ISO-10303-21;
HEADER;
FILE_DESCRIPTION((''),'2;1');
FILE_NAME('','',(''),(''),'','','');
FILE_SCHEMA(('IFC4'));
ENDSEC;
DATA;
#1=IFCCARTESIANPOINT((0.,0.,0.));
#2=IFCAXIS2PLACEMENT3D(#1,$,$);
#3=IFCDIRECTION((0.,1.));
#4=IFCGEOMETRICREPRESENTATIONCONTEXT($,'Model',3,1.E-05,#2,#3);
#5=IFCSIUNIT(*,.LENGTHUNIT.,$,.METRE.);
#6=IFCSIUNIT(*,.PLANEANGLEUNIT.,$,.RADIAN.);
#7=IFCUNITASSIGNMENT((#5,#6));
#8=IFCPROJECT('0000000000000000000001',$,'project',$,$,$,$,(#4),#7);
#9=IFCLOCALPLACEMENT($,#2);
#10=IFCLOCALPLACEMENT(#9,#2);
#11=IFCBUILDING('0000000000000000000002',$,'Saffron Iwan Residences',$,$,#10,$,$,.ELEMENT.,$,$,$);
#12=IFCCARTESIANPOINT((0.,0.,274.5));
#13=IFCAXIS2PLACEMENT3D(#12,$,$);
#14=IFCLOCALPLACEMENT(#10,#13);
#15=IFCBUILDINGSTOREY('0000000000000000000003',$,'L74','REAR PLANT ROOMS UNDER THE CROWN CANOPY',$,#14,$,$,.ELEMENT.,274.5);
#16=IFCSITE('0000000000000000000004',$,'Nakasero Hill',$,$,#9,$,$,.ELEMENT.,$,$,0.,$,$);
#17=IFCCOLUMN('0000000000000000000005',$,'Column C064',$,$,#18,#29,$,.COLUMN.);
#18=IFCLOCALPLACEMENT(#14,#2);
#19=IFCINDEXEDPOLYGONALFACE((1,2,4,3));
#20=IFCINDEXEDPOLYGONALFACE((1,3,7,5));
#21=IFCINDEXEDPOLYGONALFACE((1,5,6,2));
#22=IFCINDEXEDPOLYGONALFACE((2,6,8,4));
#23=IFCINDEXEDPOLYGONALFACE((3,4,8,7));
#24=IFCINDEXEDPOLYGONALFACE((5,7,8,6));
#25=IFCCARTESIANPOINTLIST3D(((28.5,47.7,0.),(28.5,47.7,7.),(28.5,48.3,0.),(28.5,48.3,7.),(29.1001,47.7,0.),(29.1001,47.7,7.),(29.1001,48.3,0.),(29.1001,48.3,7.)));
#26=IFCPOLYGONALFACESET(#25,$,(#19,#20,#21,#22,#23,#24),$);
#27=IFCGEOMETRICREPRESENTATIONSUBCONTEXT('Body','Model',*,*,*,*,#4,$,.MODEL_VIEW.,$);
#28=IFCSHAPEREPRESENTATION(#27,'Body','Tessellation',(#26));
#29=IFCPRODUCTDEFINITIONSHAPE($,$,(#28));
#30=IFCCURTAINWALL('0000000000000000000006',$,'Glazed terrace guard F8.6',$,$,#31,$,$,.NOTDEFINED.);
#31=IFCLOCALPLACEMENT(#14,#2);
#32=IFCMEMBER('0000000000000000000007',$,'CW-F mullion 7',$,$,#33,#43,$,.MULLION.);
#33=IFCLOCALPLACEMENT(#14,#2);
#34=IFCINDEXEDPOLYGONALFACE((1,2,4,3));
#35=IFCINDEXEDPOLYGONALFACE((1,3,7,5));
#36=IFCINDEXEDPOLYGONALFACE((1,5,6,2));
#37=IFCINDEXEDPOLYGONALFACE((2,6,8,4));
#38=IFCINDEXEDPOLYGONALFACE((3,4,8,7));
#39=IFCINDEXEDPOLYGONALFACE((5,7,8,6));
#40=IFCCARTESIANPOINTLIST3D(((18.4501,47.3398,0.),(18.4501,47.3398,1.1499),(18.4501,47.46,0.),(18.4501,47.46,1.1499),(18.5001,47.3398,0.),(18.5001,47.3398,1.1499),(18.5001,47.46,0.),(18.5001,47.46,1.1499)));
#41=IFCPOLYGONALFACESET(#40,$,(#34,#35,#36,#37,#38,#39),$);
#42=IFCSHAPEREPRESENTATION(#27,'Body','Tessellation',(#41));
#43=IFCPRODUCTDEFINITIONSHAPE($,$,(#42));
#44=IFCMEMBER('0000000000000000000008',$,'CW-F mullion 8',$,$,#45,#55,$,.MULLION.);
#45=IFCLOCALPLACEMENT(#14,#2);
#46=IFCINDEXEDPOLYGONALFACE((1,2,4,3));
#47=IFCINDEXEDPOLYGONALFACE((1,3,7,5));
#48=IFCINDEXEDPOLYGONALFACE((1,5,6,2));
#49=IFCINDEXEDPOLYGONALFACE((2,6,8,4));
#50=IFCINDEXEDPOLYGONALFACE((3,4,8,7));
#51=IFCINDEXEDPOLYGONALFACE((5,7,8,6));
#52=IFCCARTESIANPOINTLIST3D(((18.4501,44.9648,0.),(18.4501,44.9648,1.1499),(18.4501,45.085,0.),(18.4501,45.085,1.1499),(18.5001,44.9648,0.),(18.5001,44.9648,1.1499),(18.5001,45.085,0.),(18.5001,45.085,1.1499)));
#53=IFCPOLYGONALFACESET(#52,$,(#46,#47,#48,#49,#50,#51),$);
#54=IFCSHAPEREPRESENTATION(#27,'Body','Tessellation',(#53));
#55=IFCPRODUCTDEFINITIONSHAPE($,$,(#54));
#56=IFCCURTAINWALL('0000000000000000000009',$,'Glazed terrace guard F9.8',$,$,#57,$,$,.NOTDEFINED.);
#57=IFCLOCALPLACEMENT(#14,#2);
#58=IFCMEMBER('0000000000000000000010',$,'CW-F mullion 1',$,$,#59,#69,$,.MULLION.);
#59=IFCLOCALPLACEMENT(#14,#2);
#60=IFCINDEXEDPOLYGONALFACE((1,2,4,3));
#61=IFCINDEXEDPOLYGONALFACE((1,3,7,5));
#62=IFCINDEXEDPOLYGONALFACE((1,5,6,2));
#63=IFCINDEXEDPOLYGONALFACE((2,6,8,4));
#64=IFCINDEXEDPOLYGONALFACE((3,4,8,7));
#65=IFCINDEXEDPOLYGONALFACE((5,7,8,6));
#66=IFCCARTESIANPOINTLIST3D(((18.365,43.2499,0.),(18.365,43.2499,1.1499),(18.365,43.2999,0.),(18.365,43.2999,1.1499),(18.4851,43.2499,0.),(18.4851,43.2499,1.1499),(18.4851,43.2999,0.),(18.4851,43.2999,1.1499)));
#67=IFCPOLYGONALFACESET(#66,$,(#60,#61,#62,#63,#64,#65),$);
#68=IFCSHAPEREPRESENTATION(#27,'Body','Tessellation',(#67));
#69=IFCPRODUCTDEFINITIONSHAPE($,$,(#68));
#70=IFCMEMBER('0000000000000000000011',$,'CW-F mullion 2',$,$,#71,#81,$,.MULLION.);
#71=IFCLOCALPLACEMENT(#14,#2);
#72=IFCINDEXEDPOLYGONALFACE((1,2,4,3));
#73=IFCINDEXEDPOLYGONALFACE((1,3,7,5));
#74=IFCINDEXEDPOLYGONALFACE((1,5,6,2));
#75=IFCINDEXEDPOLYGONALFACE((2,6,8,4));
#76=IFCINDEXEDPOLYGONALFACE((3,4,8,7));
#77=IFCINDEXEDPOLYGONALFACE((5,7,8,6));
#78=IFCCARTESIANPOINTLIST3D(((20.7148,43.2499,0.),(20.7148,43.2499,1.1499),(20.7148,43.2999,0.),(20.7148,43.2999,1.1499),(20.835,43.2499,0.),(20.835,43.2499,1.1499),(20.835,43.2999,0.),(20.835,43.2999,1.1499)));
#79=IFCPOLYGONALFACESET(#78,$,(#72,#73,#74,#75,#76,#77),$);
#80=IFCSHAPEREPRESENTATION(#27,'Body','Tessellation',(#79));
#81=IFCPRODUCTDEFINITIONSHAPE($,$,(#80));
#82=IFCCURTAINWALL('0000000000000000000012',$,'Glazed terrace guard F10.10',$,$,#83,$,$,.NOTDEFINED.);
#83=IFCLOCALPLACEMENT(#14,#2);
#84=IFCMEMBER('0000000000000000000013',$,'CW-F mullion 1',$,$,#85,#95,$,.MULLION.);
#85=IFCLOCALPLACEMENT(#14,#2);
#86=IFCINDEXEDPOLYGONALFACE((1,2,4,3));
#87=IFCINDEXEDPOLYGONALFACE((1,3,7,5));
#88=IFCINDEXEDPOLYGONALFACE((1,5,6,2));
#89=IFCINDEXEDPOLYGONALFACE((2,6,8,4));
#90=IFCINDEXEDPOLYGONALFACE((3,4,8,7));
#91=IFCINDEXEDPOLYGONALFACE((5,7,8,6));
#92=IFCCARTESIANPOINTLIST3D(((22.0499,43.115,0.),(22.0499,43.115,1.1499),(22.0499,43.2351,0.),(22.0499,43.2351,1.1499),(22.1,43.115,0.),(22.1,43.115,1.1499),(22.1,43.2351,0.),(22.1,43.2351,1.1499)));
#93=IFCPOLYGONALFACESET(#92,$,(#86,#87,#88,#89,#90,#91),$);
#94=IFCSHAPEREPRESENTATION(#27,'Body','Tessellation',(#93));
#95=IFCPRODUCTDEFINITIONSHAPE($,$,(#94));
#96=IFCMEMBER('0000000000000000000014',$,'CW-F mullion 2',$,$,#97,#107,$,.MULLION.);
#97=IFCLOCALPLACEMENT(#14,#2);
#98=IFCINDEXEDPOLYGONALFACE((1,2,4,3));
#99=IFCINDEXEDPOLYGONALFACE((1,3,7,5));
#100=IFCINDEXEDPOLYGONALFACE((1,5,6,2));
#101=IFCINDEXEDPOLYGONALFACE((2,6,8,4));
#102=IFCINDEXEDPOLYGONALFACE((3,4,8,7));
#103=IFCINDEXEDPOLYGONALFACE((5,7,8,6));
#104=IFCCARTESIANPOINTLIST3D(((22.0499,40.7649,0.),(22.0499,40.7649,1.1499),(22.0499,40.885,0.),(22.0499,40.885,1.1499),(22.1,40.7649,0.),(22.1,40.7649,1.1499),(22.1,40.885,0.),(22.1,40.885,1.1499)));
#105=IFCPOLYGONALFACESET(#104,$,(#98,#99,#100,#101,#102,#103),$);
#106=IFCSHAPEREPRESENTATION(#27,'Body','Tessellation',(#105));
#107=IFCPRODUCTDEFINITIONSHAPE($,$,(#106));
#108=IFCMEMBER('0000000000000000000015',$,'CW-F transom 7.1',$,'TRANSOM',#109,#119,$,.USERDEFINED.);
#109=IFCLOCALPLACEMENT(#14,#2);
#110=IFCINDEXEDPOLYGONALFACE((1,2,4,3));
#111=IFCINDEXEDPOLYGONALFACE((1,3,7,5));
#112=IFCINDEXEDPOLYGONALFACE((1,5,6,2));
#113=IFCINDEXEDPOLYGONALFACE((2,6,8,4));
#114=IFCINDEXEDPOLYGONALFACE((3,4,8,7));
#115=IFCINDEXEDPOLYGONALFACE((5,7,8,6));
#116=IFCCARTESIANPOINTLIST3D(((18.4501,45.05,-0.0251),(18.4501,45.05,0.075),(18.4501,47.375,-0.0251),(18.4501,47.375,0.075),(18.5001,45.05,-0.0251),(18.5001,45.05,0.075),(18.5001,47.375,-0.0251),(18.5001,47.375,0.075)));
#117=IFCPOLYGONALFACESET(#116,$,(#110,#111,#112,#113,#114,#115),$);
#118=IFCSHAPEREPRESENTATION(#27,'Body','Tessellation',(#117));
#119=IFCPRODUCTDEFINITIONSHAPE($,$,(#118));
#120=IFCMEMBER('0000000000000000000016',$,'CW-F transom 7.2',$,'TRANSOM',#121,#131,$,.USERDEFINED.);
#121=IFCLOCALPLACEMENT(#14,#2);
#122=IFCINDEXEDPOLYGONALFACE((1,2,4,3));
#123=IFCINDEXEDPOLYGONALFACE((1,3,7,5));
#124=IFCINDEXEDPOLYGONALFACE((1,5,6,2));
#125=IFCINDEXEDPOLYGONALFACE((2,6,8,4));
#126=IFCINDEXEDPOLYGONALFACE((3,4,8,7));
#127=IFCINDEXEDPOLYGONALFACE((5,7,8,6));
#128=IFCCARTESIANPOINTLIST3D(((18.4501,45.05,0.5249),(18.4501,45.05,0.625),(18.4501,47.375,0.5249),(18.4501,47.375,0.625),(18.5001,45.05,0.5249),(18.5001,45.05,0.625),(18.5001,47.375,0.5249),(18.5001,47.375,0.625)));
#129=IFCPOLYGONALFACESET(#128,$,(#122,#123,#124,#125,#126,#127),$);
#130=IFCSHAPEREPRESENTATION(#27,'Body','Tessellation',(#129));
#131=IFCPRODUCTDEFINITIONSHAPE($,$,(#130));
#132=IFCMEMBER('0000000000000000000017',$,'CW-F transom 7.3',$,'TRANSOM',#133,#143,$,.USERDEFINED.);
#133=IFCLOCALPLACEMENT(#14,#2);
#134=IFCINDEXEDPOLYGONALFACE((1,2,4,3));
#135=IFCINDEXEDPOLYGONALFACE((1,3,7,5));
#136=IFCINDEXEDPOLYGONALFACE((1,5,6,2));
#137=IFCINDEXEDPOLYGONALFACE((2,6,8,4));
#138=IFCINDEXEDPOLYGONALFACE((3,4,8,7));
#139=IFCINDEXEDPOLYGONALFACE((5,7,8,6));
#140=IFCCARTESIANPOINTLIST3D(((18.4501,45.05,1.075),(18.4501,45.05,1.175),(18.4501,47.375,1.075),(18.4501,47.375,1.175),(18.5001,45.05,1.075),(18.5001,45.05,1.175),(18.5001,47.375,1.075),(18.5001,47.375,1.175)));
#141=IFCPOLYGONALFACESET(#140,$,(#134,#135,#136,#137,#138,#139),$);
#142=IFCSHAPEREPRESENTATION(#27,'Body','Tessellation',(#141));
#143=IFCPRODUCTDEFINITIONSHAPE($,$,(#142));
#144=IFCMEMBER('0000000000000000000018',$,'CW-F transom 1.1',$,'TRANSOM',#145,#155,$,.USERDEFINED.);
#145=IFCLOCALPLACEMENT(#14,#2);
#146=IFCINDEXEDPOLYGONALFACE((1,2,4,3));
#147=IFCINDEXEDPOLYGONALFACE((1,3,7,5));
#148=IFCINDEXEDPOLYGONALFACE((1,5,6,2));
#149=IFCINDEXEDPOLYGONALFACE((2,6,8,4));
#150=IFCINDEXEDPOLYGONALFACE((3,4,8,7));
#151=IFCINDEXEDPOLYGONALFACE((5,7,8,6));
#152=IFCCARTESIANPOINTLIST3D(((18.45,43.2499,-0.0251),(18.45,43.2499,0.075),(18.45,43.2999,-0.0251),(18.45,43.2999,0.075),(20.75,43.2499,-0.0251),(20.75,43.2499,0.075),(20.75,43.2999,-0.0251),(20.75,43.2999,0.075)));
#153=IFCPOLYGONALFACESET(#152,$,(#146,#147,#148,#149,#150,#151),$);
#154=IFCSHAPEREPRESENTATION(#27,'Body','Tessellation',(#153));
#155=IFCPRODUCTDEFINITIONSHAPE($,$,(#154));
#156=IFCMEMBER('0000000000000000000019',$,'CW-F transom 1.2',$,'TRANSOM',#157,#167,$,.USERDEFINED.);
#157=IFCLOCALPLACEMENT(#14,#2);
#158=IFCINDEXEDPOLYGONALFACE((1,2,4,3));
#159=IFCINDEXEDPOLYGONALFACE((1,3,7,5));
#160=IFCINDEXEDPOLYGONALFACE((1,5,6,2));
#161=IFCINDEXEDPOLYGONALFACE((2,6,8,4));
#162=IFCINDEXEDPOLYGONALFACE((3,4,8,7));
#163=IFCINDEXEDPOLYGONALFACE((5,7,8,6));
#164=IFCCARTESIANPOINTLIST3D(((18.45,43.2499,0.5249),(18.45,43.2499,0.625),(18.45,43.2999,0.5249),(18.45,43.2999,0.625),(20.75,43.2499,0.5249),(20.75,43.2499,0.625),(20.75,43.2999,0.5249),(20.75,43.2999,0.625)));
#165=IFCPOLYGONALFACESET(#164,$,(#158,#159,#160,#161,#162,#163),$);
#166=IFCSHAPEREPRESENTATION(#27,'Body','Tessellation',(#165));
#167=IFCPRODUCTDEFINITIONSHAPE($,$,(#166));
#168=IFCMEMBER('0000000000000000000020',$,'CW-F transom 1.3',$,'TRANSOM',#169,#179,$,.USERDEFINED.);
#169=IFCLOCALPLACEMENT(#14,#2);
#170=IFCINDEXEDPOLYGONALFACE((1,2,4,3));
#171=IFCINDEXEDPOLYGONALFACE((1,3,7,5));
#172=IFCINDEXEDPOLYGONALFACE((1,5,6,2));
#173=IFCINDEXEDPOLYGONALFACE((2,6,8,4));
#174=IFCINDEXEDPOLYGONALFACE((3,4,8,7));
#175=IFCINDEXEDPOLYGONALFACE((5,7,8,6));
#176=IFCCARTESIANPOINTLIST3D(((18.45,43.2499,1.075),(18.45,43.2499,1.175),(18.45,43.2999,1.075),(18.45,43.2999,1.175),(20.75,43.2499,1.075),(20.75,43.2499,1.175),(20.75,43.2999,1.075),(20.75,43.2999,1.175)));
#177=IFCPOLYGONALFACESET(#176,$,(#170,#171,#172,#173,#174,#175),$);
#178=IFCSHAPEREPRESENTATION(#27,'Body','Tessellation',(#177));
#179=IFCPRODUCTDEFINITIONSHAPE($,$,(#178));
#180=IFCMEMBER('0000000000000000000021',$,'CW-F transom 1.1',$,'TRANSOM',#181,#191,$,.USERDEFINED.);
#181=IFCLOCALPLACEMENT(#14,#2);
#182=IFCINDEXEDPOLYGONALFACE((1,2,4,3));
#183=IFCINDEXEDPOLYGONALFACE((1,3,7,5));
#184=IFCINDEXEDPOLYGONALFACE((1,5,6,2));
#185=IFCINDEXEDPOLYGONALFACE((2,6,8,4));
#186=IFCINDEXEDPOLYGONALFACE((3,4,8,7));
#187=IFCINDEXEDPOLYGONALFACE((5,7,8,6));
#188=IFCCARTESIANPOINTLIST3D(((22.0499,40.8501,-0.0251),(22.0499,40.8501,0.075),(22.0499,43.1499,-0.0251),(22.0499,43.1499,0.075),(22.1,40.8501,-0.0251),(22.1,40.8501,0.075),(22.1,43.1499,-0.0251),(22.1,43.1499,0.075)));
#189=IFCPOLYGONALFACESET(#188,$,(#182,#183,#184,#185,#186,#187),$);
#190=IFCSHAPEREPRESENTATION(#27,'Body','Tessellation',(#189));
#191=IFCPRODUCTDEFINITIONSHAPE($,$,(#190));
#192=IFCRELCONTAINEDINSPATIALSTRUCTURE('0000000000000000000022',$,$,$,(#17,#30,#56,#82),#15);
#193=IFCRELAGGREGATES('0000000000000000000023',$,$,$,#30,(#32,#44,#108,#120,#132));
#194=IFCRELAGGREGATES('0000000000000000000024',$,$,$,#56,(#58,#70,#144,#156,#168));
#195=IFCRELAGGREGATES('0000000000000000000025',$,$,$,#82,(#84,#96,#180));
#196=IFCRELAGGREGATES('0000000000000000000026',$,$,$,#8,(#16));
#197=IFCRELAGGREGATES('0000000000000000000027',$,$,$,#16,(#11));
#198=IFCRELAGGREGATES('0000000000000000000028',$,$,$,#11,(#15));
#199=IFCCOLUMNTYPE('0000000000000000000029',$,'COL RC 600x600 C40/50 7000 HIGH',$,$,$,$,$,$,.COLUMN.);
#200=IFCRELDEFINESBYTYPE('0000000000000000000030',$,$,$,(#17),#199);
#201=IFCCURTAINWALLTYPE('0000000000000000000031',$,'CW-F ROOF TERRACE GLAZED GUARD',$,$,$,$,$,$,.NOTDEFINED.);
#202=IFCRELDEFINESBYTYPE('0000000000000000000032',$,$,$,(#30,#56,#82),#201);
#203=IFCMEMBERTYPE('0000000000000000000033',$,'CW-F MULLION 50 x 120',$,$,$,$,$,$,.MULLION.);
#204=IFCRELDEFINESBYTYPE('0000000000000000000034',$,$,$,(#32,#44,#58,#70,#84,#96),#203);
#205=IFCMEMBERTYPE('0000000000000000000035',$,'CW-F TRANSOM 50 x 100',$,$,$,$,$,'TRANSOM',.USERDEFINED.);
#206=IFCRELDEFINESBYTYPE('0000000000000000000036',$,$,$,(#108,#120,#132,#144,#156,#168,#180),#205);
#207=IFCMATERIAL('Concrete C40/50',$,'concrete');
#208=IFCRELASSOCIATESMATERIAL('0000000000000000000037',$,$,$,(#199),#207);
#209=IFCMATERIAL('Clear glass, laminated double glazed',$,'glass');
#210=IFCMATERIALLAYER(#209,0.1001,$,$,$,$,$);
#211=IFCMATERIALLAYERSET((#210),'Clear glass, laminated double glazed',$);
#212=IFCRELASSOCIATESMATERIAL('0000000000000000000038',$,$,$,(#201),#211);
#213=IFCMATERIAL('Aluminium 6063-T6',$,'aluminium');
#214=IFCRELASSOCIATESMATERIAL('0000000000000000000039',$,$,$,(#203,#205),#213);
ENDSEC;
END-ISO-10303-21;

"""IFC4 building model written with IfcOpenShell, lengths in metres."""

from ifc_helpers import new_model, si_unit, direction, frame, origin, origin_2d, place, context, subcontext, project, spatial, rectangle, extrude, source, transform, mapped, material, layer, layer_set, material_profile, profile_set, type_object, element, aggregate, save


model = new_model("IFC4")

# Units and contexts
model_context = context("Model", 3, precision=1e-05, world=origin(), true_north=direction((0.0, 1.0)))
body_context = subcontext(model_context, "Body", "Model", "MODEL_VIEW")
ifc_project = project(units=[si_unit("LENGTHUNIT", "METRE"), si_unit("PLANEANGLEUNIT", "RADIAN")], contexts=[model_context])

# Site, building, storey
site_placement = place(None, origin())
site = spatial("IfcSite", under=ifc_project, at=site_placement, Name="Nakasero Hill", CompositionType="ELEMENT", RefElevation=0.0)
building_placement = place(site_placement, origin())
building = spatial("IfcBuilding", under=site, at=building_placement, Name="Saffron Iwan Residences", CompositionType="ELEMENT")
storey_placement = place(building_placement, frame((0.0, 0.0, 274.5)))
storey = spatial("IfcBuildingStorey", under=building, at=storey_placement, Name="L74", Description="REAR PLANT ROOMS UNDER THE CROWN CANOPY", CompositionType="ELEMENT", Elevation=274.5)

# Column
ifc_material_1 = material(Name="Concrete C40/50", Category="concrete")
ifc_material_profile_1 = material_profile(ifc_material_1, rectangle(XDim=0.6001, YDim=0.6001, at=origin_2d()), Name="RC 600x600")
ifc_profile_set_1 = profile_set([ifc_material_profile_1], Name="Concrete C40/50")
column_type = type_object("IfcColumnType", Name="COL RC 600x600 C40/50 7000 HIGH", PredefinedType="COLUMN", material=ifc_profile_set_1)
shared_shape_1 = source(origin(), body_context, "Body", "SweptSolid", [
    extrude(rectangle(XDim=0.6001, YDim=0.6001, at=origin_2d()), origin(), (0.0, 0.0, 1.0), 7.0),
])
column_placement = place(storey_placement, frame((28.8, 48.0, 0.0), z_axis=(0.0, 0.0, 1.0), x_axis=(1.0, 0.0, 0.0)))
element("IfcColumn", 1, at=column_placement, inside=storey, type_object=column_type, Name="Column C064", PredefinedType="COLUMN", context=body_context, shape_type="MappedRepresentation", body=[
    mapped(shared_shape_1, transform((0.0, 0.0, 0.0))),
])

# Curtain walls, members
ifc_material_2 = material(Name="Clear glass, laminated double glazed", Category="glass")
ifc_layer_1 = layer(ifc_material_2, 0.1001)
ifc_layer_set_1 = layer_set([ifc_layer_1], Name="Clear glass, laminated double glazed")
curtain_wall_type = type_object("IfcCurtainWallType", Name="CW-F ROOF TERRACE GLAZED GUARD", PredefinedType="NOTDEFINED", material=ifc_layer_set_1)
curtain_wall_1_placement = place(storey_placement, origin())
curtain_wall_1 = element("IfcCurtainWall", 2, at=curtain_wall_1_placement, inside=storey, type_object=curtain_wall_type, Name="Glazed terrace guard F8.6", PredefinedType="NOTDEFINED")
ifc_material_3 = material(Name="Aluminium 6063-T6", Category="aluminium")
ifc_material_profile_2 = material_profile(ifc_material_3, rectangle(XDim=0.05, YDim=0.1201, at=origin_2d()), Name="CW-F MULLION 50 x 120")
ifc_profile_set_2 = profile_set([ifc_material_profile_2], Name="Aluminium 6063-T6")
member_type_1 = type_object("IfcMemberType", Name="CW-F MULLION 50 x 120", PredefinedType="MULLION", material=ifc_profile_set_2)
shared_shape_2 = source(origin(), body_context, "Body", "SweptSolid", [
    extrude(rectangle(XDim=0.05, YDim=0.1201, at=origin_2d()), origin(), (0.0, 0.0, 1.0), 1.1499),
])
member_1_placement = place(storey_placement, frame((18.4751, 47.3999, 0.0), z_axis=(0.0, 0.0, 1.0), x_axis=(1.0, 0.0, 0.0)))
member_1 = element("IfcMember", 3, at=member_1_placement, type_object=member_type_1, Name="CW-F mullion 7", PredefinedType="MULLION", context=body_context, shape_type="MappedRepresentation", body=[
    mapped(shared_shape_2, transform((0.0, 0.0, 0.0))),
])
member_2_placement = place(storey_placement, frame((18.4751, 45.0249, 0.0), z_axis=(0.0, 0.0, 1.0), x_axis=(1.0, 0.0, 0.0)))
member_2 = element("IfcMember", 4, at=member_2_placement, type_object=member_type_1, Name="CW-F mullion 8", PredefinedType="MULLION", context=body_context, shape_type="MappedRepresentation", body=[
    mapped(shared_shape_2, transform((0.0, 0.0, 0.0))),
])
curtain_wall_2_placement = place(storey_placement, origin())
curtain_wall_2 = element("IfcCurtainWall", 5, at=curtain_wall_2_placement, inside=storey, type_object=curtain_wall_type, Name="Glazed terrace guard F9.8", PredefinedType="NOTDEFINED")
member_3_placement = place(storey_placement, frame((18.425, 43.2749, 0.0), z_axis=(0.0, 0.0, 1.0), x_axis=(0.0, 1.0, 0.0)))
member_3 = element("IfcMember", 6, at=member_3_placement, type_object=member_type_1, Name="CW-F mullion 1", PredefinedType="MULLION", context=body_context, shape_type="MappedRepresentation", body=[
    mapped(shared_shape_2, transform((0.0, 0.0, 0.0))),
])
member_4_placement = place(storey_placement, frame((20.7749, 43.2749, 0.0), z_axis=(0.0, 0.0, 1.0), x_axis=(0.0, 1.0, 0.0)))
member_4 = element("IfcMember", 7, at=member_4_placement, type_object=member_type_1, Name="CW-F mullion 2", PredefinedType="MULLION", context=body_context, shape_type="MappedRepresentation", body=[
    mapped(shared_shape_2, transform((0.0, 0.0, 0.0))),
])
curtain_wall_3_placement = place(storey_placement, origin())
curtain_wall_3 = element("IfcCurtainWall", 8, at=curtain_wall_3_placement, inside=storey, type_object=curtain_wall_type, Name="Glazed terrace guard F10.10", PredefinedType="NOTDEFINED")
member_5_placement = place(storey_placement, frame((22.075, 43.175, 0.0), z_axis=(0.0, 0.0, 1.0), x_axis=(1.0, 0.0, 0.0)))
member_5 = element("IfcMember", 9, at=member_5_placement, type_object=member_type_1, Name="CW-F mullion 1", PredefinedType="MULLION", context=body_context, shape_type="MappedRepresentation", body=[
    mapped(shared_shape_2, transform((0.0, 0.0, 0.0))),
])
member_6_placement = place(storey_placement, frame((22.075, 40.825, 0.0), z_axis=(0.0, 0.0, 1.0), x_axis=(1.0, 0.0, 0.0)))
member_6 = element("IfcMember", 10, at=member_6_placement, type_object=member_type_1, Name="CW-F mullion 2", PredefinedType="MULLION", context=body_context, shape_type="MappedRepresentation", body=[
    mapped(shared_shape_2, transform((0.0, 0.0, 0.0))),
])

# Members
ifc_material_profile_3 = material_profile(ifc_material_3, rectangle(XDim=0.05, YDim=0.1001, at=origin_2d()), Name="CW-F TRANSOM 50 x 100")
ifc_profile_set_3 = profile_set([ifc_material_profile_3], Name="Aluminium 6063-T6")
member_type_2 = type_object("IfcMemberType", Name="CW-F TRANSOM 50 x 100", ElementType="TRANSOM", PredefinedType="USERDEFINED", material=ifc_profile_set_3)
shared_shape_3 = source(origin(), body_context, "Body", "SweptSolid", [
    extrude(rectangle(XDim=0.05, YDim=0.1001, at=origin_2d()), origin(), (0.0, 0.0, 1.0), 2.325),
])
member_7_placement = place(storey_placement, frame((18.4751, 47.375, 0.0249), z_axis=(0.0, -1.0, 0.0), x_axis=(1.0, 0.0, 0.0)))
member_7 = element("IfcMember", 11, at=member_7_placement, type_object=member_type_2, Name="CW-F transom 7.1", ObjectType="TRANSOM", PredefinedType="USERDEFINED", context=body_context, shape_type="MappedRepresentation", body=[
    mapped(shared_shape_3, transform((0.0, 0.0, 0.0))),
])
member_8_placement = place(storey_placement, frame((18.4751, 47.375, 0.575), z_axis=(0.0, -1.0, 0.0), x_axis=(1.0, 0.0, 0.0)))
member_8 = element("IfcMember", 12, at=member_8_placement, type_object=member_type_2, Name="CW-F transom 7.2", ObjectType="TRANSOM", PredefinedType="USERDEFINED", context=body_context, shape_type="MappedRepresentation", body=[
    mapped(shared_shape_3, transform((0.0, 0.0, 0.0))),
])
member_9_placement = place(storey_placement, frame((18.4751, 47.375, 1.125), z_axis=(0.0, -1.0, 0.0), x_axis=(1.0, 0.0, 0.0)))
member_9 = element("IfcMember", 13, at=member_9_placement, type_object=member_type_2, Name="CW-F transom 7.3", ObjectType="TRANSOM", PredefinedType="USERDEFINED", context=body_context, shape_type="MappedRepresentation", body=[
    mapped(shared_shape_3, transform((0.0, 0.0, 0.0))),
])
shared_shape_4 = source(origin(), body_context, "Body", "SweptSolid", [
    extrude(rectangle(XDim=0.05, YDim=0.1001, at=origin_2d()), origin(), (0.0, 0.0, 1.0), 2.3),
])
member_10_placement = place(storey_placement, frame((18.45, 43.2749, 0.0249), z_axis=(1.0, 0.0, 0.0), x_axis=(0.0, 1.0, 0.0)))
member_10 = element("IfcMember", 14, at=member_10_placement, type_object=member_type_2, Name="CW-F transom 1.1", ObjectType="TRANSOM", PredefinedType="USERDEFINED", context=body_context, shape_type="MappedRepresentation", body=[
    mapped(shared_shape_4, transform((0.0, 0.0, 0.0))),
])
member_11_placement = place(storey_placement, frame((18.45, 43.2749, 0.575), z_axis=(1.0, 0.0, 0.0), x_axis=(0.0, 1.0, 0.0)))
member_11 = element("IfcMember", 15, at=member_11_placement, type_object=member_type_2, Name="CW-F transom 1.2", ObjectType="TRANSOM", PredefinedType="USERDEFINED", context=body_context, shape_type="MappedRepresentation", body=[
    mapped(shared_shape_4, transform((0.0, 0.0, 0.0))),
])
member_12_placement = place(storey_placement, frame((18.45, 43.2749, 1.125), z_axis=(1.0, 0.0, 0.0), x_axis=(0.0, 1.0, 0.0)))
member_12 = element("IfcMember", 16, at=member_12_placement, type_object=member_type_2, Name="CW-F transom 1.3", ObjectType="TRANSOM", PredefinedType="USERDEFINED", context=body_context, shape_type="MappedRepresentation", body=[
    mapped(shared_shape_4, transform((0.0, 0.0, 0.0))),
])
shared_shape_5 = source(origin(), body_context, "Body", "SweptSolid", [
    extrude(rectangle(XDim=0.05, YDim=0.1001, at=origin_2d()), origin(), (0.0, 0.0, 1.0), 2.2998),
])
member_13_placement = place(storey_placement, frame((22.075, 43.1499, 0.0249), z_axis=(0.0, -1.0, 0.0), x_axis=(1.0, 0.0, 0.0)))
member_13 = element("IfcMember", 17, at=member_13_placement, type_object=member_type_2, Name="CW-F transom 1.1", ObjectType="TRANSOM", PredefinedType="USERDEFINED", context=body_context, shape_type="MappedRepresentation", body=[
    mapped(shared_shape_5, transform((0.0, 0.0, 0.0))),
])

aggregate(curtain_wall_1, [member_1, member_2, member_7, member_8, member_9])
aggregate(curtain_wall_2, [member_3, member_4, member_10, member_11, member_12])
aggregate(curtain_wall_3, [member_5, member_6, member_13])

save(model, "model.ifc")
